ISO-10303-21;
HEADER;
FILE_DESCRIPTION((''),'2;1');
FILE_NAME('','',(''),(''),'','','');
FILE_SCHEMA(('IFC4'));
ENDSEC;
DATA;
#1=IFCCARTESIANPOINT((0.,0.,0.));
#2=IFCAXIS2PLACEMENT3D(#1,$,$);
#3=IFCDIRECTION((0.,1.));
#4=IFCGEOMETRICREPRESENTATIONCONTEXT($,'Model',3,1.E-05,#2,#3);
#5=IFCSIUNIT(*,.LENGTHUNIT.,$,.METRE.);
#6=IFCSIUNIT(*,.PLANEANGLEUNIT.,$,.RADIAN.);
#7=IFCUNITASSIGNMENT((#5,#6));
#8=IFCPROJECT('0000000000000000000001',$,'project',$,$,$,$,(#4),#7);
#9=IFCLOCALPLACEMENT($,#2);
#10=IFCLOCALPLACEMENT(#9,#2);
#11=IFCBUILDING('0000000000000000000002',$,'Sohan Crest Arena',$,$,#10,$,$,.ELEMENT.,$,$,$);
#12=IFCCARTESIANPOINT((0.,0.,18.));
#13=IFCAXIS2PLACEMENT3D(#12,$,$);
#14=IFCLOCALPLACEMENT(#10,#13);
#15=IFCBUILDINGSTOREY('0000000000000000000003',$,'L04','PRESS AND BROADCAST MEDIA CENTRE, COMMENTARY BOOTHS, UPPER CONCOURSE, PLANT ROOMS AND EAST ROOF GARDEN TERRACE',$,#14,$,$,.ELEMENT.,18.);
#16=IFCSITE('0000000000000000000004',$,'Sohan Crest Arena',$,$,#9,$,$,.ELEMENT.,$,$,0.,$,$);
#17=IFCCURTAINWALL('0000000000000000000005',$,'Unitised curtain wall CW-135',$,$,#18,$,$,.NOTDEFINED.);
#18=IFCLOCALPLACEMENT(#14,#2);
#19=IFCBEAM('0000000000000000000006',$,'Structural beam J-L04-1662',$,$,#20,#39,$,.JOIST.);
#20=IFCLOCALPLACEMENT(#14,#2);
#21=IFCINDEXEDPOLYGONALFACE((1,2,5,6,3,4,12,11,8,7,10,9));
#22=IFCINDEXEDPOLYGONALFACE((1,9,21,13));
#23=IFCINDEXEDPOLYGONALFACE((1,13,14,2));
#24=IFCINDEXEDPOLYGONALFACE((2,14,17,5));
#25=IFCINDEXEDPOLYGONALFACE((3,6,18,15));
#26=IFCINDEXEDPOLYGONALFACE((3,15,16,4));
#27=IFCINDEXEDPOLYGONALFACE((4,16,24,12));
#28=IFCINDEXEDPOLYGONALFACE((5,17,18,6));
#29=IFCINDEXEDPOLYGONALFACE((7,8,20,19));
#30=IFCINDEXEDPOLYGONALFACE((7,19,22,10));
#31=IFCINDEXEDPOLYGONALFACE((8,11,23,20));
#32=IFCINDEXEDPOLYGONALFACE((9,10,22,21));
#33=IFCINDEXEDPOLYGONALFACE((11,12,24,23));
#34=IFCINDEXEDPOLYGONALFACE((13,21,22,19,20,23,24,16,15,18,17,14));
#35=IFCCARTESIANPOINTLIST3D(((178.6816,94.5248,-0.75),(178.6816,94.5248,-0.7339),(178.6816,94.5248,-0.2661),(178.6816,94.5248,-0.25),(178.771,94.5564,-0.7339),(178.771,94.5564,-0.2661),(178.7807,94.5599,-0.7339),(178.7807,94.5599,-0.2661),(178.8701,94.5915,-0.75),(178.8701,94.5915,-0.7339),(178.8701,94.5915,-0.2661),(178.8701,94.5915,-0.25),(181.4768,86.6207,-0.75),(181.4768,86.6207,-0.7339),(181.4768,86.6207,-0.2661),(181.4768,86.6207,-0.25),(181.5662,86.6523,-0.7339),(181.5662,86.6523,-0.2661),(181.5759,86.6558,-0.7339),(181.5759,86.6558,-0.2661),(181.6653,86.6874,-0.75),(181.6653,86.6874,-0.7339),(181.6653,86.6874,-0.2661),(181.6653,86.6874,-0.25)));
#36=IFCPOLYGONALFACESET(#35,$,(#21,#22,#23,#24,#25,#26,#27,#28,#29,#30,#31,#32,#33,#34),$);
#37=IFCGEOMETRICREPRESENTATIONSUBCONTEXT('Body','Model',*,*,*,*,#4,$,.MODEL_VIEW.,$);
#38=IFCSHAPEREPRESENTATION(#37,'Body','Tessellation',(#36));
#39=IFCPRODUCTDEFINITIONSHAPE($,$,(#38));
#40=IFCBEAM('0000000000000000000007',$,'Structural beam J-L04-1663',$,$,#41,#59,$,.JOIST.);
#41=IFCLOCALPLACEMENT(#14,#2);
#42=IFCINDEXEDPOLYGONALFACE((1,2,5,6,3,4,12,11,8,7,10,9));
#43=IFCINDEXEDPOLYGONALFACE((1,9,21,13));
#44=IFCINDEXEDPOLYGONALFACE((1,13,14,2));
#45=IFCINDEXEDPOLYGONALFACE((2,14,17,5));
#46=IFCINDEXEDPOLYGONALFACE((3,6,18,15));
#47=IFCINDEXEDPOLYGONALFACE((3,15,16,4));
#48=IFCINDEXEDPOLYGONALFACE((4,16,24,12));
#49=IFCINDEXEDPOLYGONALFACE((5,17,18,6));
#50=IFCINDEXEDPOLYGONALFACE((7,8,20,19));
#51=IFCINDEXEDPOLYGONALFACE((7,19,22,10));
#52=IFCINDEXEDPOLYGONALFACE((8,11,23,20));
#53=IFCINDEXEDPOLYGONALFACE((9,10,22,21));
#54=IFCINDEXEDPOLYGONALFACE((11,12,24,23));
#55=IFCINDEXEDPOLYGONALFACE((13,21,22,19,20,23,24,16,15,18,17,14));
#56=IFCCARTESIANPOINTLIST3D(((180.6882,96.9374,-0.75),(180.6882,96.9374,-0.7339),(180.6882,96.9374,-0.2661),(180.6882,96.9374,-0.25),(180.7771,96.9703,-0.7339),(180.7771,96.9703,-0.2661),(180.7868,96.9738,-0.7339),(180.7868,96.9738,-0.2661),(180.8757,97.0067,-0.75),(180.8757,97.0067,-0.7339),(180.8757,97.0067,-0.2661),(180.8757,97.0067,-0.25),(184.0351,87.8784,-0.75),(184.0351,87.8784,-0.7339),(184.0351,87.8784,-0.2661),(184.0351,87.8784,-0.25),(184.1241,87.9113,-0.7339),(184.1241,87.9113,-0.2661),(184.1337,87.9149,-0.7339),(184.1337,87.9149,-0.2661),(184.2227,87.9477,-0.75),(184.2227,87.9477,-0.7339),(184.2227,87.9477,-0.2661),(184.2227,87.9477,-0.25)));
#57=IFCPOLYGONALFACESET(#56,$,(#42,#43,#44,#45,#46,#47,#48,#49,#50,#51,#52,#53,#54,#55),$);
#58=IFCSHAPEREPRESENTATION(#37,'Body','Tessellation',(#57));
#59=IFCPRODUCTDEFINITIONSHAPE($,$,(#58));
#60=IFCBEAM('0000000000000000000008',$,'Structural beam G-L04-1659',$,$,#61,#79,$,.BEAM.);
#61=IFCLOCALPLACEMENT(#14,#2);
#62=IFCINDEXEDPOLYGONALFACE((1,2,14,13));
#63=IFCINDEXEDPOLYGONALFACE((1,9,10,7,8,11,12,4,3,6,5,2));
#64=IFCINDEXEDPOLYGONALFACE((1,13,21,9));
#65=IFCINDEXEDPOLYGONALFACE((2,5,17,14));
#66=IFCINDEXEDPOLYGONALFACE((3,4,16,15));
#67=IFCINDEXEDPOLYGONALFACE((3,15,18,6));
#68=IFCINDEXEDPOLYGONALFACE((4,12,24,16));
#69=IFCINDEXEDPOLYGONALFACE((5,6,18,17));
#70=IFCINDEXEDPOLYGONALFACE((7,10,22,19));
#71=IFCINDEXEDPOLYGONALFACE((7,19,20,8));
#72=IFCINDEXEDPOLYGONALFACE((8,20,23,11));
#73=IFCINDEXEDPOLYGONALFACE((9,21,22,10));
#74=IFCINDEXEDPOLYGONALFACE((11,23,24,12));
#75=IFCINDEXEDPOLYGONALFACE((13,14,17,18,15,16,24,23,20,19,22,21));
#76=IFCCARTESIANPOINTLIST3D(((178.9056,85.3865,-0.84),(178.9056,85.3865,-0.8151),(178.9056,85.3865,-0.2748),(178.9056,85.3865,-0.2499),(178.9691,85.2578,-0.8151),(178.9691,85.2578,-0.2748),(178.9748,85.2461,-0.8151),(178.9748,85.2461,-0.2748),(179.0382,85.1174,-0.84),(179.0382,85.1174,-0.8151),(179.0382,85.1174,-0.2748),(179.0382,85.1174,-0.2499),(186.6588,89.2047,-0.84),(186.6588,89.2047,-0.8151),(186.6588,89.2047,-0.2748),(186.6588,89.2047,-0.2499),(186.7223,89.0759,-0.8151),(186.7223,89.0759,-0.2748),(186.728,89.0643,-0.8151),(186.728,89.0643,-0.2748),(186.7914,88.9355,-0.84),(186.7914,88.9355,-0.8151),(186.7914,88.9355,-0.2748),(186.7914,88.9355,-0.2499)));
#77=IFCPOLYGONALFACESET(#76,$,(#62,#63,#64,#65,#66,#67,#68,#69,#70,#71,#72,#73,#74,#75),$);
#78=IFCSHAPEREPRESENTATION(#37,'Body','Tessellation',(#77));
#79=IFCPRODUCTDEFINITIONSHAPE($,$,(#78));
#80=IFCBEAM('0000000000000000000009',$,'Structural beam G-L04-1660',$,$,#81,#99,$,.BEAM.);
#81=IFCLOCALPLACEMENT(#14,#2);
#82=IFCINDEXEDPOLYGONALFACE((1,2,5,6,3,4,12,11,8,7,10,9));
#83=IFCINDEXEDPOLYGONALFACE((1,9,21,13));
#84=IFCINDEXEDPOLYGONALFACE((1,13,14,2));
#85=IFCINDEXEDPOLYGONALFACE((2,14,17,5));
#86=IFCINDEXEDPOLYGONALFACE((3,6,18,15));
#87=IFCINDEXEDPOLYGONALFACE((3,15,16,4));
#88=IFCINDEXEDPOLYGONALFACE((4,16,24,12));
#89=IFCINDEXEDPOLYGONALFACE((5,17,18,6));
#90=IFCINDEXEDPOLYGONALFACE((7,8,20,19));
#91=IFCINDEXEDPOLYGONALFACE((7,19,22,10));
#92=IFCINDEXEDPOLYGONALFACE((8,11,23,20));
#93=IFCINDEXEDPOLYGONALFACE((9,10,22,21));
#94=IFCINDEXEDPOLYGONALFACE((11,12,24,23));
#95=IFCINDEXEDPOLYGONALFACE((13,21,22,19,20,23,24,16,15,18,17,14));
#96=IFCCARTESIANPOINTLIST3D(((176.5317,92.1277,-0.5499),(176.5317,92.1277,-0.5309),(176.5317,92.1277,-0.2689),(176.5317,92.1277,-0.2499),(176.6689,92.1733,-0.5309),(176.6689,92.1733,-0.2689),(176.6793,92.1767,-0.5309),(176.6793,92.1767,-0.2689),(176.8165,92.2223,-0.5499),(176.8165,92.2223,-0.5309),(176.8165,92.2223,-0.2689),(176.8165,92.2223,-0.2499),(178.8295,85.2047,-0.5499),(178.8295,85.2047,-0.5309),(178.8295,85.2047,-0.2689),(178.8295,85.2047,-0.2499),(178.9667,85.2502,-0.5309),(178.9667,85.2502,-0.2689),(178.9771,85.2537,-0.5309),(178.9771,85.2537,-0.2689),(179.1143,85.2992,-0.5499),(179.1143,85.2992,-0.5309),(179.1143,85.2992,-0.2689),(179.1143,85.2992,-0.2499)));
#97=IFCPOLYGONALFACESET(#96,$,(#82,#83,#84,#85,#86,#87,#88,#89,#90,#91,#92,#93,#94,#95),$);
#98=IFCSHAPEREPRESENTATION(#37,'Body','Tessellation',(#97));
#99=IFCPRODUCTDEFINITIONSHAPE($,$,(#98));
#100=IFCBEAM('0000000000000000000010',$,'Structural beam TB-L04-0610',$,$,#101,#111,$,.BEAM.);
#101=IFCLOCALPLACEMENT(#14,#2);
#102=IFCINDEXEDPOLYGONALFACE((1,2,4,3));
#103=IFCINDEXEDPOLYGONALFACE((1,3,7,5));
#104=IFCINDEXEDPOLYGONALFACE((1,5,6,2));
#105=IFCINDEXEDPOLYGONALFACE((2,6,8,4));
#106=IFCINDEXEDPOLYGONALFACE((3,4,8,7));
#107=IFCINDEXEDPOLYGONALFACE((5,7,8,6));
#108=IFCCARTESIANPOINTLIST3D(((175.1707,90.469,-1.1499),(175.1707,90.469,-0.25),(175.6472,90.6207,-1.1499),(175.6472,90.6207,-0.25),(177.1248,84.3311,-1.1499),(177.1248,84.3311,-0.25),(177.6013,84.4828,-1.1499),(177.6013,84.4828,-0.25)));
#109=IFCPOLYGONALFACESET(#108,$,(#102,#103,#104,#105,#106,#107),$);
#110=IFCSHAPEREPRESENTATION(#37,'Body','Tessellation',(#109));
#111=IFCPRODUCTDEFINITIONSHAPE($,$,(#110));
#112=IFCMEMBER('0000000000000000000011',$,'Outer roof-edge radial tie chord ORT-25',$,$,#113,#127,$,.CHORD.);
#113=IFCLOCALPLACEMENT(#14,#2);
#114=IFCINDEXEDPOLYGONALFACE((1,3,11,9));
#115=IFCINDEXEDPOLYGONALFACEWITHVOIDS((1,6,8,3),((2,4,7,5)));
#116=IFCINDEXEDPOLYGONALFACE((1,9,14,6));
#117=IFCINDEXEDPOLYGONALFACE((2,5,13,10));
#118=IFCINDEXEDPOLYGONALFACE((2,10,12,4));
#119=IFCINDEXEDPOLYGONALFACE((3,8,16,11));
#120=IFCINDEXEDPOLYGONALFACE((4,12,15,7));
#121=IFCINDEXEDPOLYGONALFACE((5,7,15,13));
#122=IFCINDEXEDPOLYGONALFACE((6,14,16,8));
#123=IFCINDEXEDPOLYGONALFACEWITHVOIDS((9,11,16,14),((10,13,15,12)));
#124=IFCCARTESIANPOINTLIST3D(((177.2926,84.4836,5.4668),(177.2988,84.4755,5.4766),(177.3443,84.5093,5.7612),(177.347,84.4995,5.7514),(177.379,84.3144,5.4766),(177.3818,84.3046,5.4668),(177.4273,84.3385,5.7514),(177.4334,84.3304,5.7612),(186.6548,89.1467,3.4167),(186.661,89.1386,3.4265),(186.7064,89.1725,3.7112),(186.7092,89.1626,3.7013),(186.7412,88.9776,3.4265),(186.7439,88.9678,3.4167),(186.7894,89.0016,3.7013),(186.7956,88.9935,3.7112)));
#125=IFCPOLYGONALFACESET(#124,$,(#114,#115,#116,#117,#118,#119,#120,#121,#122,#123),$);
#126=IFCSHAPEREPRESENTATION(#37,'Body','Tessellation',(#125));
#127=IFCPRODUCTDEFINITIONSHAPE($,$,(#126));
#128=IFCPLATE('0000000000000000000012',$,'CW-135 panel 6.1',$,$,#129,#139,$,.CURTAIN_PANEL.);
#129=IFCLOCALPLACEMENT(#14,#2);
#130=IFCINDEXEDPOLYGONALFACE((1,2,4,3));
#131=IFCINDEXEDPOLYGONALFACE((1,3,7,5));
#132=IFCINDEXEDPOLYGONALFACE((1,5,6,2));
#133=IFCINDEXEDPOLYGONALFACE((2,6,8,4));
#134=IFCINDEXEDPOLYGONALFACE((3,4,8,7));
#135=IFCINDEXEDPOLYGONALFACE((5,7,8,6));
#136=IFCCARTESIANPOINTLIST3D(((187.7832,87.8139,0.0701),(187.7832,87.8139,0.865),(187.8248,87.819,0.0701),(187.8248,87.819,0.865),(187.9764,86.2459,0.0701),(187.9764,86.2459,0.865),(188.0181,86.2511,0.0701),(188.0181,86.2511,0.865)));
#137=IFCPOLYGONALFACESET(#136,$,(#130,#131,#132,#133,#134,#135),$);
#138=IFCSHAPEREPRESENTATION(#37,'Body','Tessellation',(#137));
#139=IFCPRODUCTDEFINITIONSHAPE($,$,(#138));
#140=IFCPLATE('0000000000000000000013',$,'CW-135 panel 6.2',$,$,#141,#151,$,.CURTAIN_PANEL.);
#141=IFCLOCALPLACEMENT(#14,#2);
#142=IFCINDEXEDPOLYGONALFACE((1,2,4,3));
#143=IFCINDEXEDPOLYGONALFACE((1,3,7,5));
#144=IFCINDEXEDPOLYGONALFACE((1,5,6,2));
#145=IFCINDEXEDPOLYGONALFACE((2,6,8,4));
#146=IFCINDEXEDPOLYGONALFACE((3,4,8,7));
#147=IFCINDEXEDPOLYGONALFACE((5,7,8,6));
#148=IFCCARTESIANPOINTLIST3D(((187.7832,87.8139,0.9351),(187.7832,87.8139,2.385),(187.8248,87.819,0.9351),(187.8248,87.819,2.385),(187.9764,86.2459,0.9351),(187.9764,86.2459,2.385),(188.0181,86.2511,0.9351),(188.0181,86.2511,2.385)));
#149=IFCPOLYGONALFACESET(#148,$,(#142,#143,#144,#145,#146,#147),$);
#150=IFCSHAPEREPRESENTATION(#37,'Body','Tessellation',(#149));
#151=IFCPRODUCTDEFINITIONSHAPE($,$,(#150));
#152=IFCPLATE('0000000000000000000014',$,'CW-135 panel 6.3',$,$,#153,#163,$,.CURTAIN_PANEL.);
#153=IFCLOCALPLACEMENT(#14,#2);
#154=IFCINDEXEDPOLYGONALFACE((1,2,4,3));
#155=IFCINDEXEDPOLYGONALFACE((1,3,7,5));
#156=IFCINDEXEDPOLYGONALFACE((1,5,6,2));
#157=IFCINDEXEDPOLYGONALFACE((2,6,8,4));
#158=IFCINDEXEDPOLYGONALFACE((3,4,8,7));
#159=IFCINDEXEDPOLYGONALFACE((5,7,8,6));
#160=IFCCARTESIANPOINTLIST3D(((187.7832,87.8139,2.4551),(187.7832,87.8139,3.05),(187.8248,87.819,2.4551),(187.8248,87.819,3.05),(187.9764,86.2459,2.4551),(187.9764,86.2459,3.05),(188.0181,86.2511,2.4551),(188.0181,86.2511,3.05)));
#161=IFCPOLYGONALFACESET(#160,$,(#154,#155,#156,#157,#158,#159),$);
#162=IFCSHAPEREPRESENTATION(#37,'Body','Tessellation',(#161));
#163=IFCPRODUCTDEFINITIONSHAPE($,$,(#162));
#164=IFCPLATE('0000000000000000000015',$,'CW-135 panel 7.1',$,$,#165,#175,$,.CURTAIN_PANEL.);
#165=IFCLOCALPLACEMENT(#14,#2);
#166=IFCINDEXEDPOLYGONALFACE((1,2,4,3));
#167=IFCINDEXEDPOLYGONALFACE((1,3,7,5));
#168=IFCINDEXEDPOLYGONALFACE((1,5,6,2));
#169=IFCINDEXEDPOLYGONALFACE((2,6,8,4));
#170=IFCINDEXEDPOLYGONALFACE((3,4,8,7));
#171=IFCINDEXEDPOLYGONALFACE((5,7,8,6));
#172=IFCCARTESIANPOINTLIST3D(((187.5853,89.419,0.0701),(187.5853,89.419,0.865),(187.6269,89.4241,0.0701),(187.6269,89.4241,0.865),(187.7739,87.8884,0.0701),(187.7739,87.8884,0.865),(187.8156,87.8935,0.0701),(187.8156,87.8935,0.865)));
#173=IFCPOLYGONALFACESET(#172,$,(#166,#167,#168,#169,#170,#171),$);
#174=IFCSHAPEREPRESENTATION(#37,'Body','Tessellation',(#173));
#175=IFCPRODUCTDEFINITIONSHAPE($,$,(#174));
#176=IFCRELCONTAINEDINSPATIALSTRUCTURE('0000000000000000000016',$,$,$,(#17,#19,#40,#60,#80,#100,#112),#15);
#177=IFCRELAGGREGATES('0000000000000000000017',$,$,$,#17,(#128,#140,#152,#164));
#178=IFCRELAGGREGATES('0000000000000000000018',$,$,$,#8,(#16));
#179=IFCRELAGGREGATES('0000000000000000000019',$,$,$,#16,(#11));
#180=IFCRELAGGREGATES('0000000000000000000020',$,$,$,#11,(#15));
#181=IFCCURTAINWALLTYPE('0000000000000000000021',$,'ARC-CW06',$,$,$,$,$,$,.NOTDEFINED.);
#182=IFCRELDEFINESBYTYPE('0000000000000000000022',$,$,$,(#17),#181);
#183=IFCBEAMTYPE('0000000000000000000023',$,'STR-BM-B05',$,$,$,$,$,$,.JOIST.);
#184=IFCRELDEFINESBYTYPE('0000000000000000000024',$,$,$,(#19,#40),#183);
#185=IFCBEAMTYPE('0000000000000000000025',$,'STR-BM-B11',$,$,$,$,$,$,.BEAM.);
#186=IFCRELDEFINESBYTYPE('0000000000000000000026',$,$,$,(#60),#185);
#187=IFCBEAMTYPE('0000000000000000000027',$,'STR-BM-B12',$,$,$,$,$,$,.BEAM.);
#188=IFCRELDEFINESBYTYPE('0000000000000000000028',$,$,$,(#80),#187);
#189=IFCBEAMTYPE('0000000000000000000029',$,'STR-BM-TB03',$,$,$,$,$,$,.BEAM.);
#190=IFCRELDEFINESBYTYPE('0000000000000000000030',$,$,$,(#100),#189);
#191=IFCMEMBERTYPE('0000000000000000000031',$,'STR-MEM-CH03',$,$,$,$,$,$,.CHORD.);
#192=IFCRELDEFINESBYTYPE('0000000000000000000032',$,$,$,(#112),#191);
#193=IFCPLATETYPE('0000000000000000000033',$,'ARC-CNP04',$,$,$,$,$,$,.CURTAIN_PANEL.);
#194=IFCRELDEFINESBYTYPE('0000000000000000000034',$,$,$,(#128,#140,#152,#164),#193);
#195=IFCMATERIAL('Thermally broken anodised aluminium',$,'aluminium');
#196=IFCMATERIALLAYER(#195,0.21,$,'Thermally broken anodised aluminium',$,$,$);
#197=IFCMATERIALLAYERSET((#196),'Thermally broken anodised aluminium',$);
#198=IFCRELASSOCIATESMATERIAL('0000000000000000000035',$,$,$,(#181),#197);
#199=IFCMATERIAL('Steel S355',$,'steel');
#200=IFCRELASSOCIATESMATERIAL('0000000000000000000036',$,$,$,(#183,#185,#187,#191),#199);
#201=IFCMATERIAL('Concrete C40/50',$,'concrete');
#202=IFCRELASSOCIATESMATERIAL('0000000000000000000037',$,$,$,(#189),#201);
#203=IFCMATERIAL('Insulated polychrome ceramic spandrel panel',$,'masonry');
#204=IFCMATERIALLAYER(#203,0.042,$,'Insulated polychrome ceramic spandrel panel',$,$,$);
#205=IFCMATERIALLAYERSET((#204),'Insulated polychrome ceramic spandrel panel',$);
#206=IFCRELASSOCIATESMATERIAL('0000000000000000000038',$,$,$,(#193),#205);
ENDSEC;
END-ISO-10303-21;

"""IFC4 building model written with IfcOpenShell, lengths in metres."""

from ifc_helpers import new_model, si_unit, direction, frame, origin, origin_2d, place, context, subcontext, project, spatial, rectangle, hollow_rectangle, i_section, extrude, material, layer, layer_set, material_profile, profile_set, type_object, element, aggregate, save


model = new_model("IFC4")

# Units and contexts
model_context = context("Model", 3, precision=1e-05, world=origin(), true_north=direction((0.0, 1.0)))
body_context = subcontext(model_context, "Body", "Model", "MODEL_VIEW")
ifc_project = project(units=[si_unit("LENGTHUNIT", "METRE"), si_unit("PLANEANGLEUNIT", "RADIAN")], contexts=[model_context])

# Site, building, storey
site_placement = place(None, origin())
site = spatial("IfcSite", under=ifc_project, at=site_placement, Name="Sohan Crest Arena", CompositionType="ELEMENT", RefElevation=0.0)
building_placement = place(site_placement, origin())
building = spatial("IfcBuilding", under=site, at=building_placement, Name="Sohan Crest Arena", CompositionType="ELEMENT")
storey_placement = place(building_placement, frame((0.0, 0.0, 18.0)))
storey = spatial("IfcBuildingStorey", under=building, at=storey_placement, Name="L04", Description="PRESS AND BROADCAST MEDIA CENTRE, COMMENTARY BOOTHS, UPPER CONCOURSE, PLANT ROOMS AND EAST ROOF GARDEN TERRACE", CompositionType="ELEMENT", Elevation=18.0)

# Shared definitions
ifc_material_1 = material(Name="Concrete C40/50", Category="concrete")
ifc_material_2 = material(Name="Steel S355", Category="steel")

# Curtain wall
ifc_material_3 = material(Name="Thermally broken anodised aluminium", Category="aluminium")
ifc_layer_1 = layer(ifc_material_3, 0.21, Name="Thermally broken anodised aluminium")
ifc_layer_set_1 = layer_set([ifc_layer_1], Name="Thermally broken anodised aluminium")
curtain_wall_type = type_object("IfcCurtainWallType", Name="ARC-CW06", PredefinedType="NOTDEFINED", material=ifc_layer_set_1)
curtain_wall_placement = place(storey_placement, origin())
curtain_wall = element("IfcCurtainWall", 1, at=curtain_wall_placement, inside=storey, type_object=curtain_wall_type, Name="Unitised curtain wall CW-135", PredefinedType="NOTDEFINED")

# Beams
ifc_material_profile_1 = material_profile(ifc_material_2, i_section(OverallWidth=0.2, OverallDepth=0.5, WebThickness=0.0103, FlangeThickness=0.0161, at=origin_2d()), Name="IPE 500")
ifc_profile_set_1 = profile_set([ifc_material_profile_1], Name="Steel S355")
beam_type_1 = type_object("IfcBeamType", Name="STR-BM-B05", PredefinedType="JOIST", material=ifc_profile_set_1)
beam_1_placement = place(storey_placement, frame((181.571, 86.6541, -0.5), z_axis=(-0.333403, 0.942784, 0.0), x_axis=(-0.942784, -0.333403, 0.0)))
element("IfcBeam", 2, at=beam_1_placement, inside=storey, type_object=beam_type_1, Name="Structural beam J-L04-1662", PredefinedType="JOIST", context=body_context, shape_type="SweptSolid", body=[
    extrude(i_section(OverallWidth=0.2, OverallDepth=0.5, WebThickness=0.0103, FlangeThickness=0.0161, at=origin_2d()), origin(), (0.0, 0.0, 1.0), 8.3838),
])
beam_2_placement = place(storey_placement, frame((184.1289, 87.9131, -0.5), z_axis=(-0.346567, 0.938025, 0.0), x_axis=(-0.938025, -0.346567, 0.0)))
element("IfcBeam", 3, at=beam_2_placement, inside=storey, type_object=beam_type_1, Name="Structural beam J-L04-1663", PredefinedType="JOIST", context=body_context, shape_type="SweptSolid", body=[
    extrude(i_section(OverallWidth=0.2, OverallDepth=0.5, WebThickness=0.0103, FlangeThickness=0.0161, at=origin_2d()), origin(), (0.0, 0.0, 1.0), 9.6575),
])
ifc_material_profile_2 = material_profile(ifc_material_2, i_section(OverallWidth=0.3, OverallDepth=0.5901, WebThickness=0.0129, FlangeThickness=0.0249, at=origin_2d()), Name="HEA 600")
ifc_profile_set_2 = profile_set([ifc_material_profile_2], Name="Steel S355")
beam_type_2 = type_object("IfcBeamType", Name="STR-BM-B11", PredefinedType="BEAM", material=ifc_profile_set_2)
beam_3_placement = place(storey_placement, frame((178.9719, 85.252, -0.5449), z_axis=(0.897117, 0.441793, 0.0), x_axis=(-0.441793, 0.897117, 0.0)))
element("IfcBeam", 4, at=beam_3_placement, inside=storey, type_object=beam_type_2, Name="Structural beam G-L04-1659", PredefinedType="BEAM", context=body_context, shape_type="SweptSolid", body=[
    extrude(i_section(OverallWidth=0.3, OverallDepth=0.5901, WebThickness=0.0129, FlangeThickness=0.0249, at=origin_2d()), origin(), (0.0, 0.0, 1.0), 8.6423),
])
ifc_material_profile_3 = material_profile(ifc_material_2, i_section(OverallWidth=0.3, OverallDepth=0.3, WebThickness=0.011, FlangeThickness=0.019, at=origin_2d()), Name="HEB 300")
ifc_profile_set_3 = profile_set([ifc_material_profile_3], Name="Steel S355")
beam_type_3 = type_object("IfcBeamType", Name="STR-BM-B12", PredefinedType="BEAM", material=ifc_profile_set_3)
beam_4_placement = place(storey_placement, frame((178.9719, 85.252, -0.3999), z_axis=(-0.315013, 0.949087, 0.0), x_axis=(-0.949087, -0.315013, 0.0)))
element("IfcBeam", 5, at=beam_4_placement, inside=storey, type_object=beam_type_3, Name="Structural beam G-L04-1660", PredefinedType="BEAM", context=body_context, shape_type="SweptSolid", body=[
    extrude(i_section(OverallWidth=0.3, OverallDepth=0.3, WebThickness=0.011, FlangeThickness=0.019, at=origin_2d()), origin(), (0.0, 0.0, 1.0), 7.2944),
])
ifc_material_profile_4 = material_profile(ifc_material_1, rectangle(XDim=0.5, YDim=0.8999, at=origin_2d()), Name="RC-BM 500x900")
ifc_profile_set_4 = profile_set([ifc_material_profile_4], Name="Concrete C40/50")
beam_type_4 = type_object("IfcBeamType", Name="STR-BM-TB03", PredefinedType="BEAM", material=ifc_profile_set_4)
beam_5_placement = place(storey_placement, frame((177.363, 84.407, -0.7), z_axis=(-0.303362, 0.952875, 0.0), x_axis=(-0.952875, -0.303362, 0.0)))
element("IfcBeam", 6, at=beam_5_placement, inside=storey, type_object=beam_type_4, Name="Structural beam TB-L04-0610", PredefinedType="BEAM", context=body_context, shape_type="SweptSolid", body=[
    extrude(rectangle(XDim=0.5, YDim=0.8999, at=origin_2d()), origin(), (0.0, 0.0, 1.0), 6.4414),
])

# Member
ifc_material_profile_5 = material_profile(ifc_material_2, hollow_rectangle(XDim=0.2, YDim=0.3, WallThickness=0.01, at=origin_2d()), Name="RHS 300x200x10")
ifc_profile_set_5 = profile_set([ifc_material_profile_5], Name="Steel S355")
member_type_1 = type_object("IfcMemberType", Name="STR-MEM-CH03", PredefinedType="CHORD", material=ifc_profile_set_5)
member_1_placement = place(storey_placement, frame((177.363, 84.407, 5.614), z_axis=(0.878398, 0.437515, -0.192346), x_axis=(-0.445841, 0.895112, 0.0)))
element("IfcMember", 7, at=member_1_placement, inside=storey, type_object=member_type_1, Name="Outer roof-edge radial tie chord ORT-25", PredefinedType="CHORD", context=body_context, shape_type="SweptSolid", body=[
    extrude(hollow_rectangle(XDim=0.2, YDim=0.3, WallThickness=0.01, at=origin_2d()), origin(), (0.0, 0.0, 1.0), 10.6582),
])

# Plates
ifc_material_4 = material(Name="Insulated polychrome ceramic spandrel panel", Category="masonry")
ifc_layer_2 = layer(ifc_material_4, 0.042, Name="Insulated polychrome ceramic spandrel panel")
ifc_layer_set_2 = layer_set([ifc_layer_2], Name="Insulated polychrome ceramic spandrel panel")
plate_type = type_object("IfcPlateType", Name="ARC-CNP04", PredefinedType="CURTAIN_PANEL", material=ifc_layer_set_2)
plate_1_placement = place(storey_placement, frame((187.9006, 87.0325, 0.0701), z_axis=(0.0, 0.0, 1.0), x_axis=(-0.122334, 0.992489, 0.0)))
plate_1 = element("IfcPlate", 8, at=plate_1_placement, type_object=plate_type, Name="CW-135 panel 6.1", PredefinedType="CURTAIN_PANEL", context=body_context, shape_type="SweptSolid", body=[
    extrude(rectangle(XDim=1.5798, YDim=0.042, at=origin_2d()), origin(), (0.0, 0.0, 1.0), 0.7949),
])
plate_2_placement = place(storey_placement, frame((187.9006, 87.0325, 0.9351), z_axis=(0.0, 0.0, 1.0), x_axis=(-0.122334, 0.992489, 0.0)))
plate_2 = element("IfcPlate", 9, at=plate_2_placement, type_object=plate_type, Name="CW-135 panel 6.2", PredefinedType="CURTAIN_PANEL", context=body_context, shape_type="SweptSolid", body=[
    extrude(rectangle(XDim=1.5798, YDim=0.042, at=origin_2d()), origin(), (0.0, 0.0, 1.0), 1.45),
])
plate_3_placement = place(storey_placement, frame((187.9006, 87.0325, 2.4551), z_axis=(0.0, 0.0, 1.0), x_axis=(-0.122334, 0.992489, 0.0)))
plate_3 = element("IfcPlate", 10, at=plate_3_placement, type_object=plate_type, Name="CW-135 panel 6.3", PredefinedType="CURTAIN_PANEL", context=body_context, shape_type="SweptSolid", body=[
    extrude(rectangle(XDim=1.5798, YDim=0.042, at=origin_2d()), origin(), (0.0, 0.0, 1.0), 0.595),
])
plate_4_placement = place(storey_placement, frame((187.7004, 88.6562, 0.0701), z_axis=(0.0, 0.0, 1.0), x_axis=(-0.122334, 0.992489, 0.0)))
plate_4 = element("IfcPlate", 11, at=plate_4_placement, type_object=plate_type, Name="CW-135 panel 7.1", PredefinedType="CURTAIN_PANEL", context=body_context, shape_type="SweptSolid", body=[
    extrude(rectangle(XDim=1.5422, YDim=0.042, at=origin_2d()), origin(), (0.0, 0.0, 1.0), 0.7949),
])
aggregate(curtain_wall, [plate_1, plate_2, plate_3, plate_4])

save(model, "model.ifc")
